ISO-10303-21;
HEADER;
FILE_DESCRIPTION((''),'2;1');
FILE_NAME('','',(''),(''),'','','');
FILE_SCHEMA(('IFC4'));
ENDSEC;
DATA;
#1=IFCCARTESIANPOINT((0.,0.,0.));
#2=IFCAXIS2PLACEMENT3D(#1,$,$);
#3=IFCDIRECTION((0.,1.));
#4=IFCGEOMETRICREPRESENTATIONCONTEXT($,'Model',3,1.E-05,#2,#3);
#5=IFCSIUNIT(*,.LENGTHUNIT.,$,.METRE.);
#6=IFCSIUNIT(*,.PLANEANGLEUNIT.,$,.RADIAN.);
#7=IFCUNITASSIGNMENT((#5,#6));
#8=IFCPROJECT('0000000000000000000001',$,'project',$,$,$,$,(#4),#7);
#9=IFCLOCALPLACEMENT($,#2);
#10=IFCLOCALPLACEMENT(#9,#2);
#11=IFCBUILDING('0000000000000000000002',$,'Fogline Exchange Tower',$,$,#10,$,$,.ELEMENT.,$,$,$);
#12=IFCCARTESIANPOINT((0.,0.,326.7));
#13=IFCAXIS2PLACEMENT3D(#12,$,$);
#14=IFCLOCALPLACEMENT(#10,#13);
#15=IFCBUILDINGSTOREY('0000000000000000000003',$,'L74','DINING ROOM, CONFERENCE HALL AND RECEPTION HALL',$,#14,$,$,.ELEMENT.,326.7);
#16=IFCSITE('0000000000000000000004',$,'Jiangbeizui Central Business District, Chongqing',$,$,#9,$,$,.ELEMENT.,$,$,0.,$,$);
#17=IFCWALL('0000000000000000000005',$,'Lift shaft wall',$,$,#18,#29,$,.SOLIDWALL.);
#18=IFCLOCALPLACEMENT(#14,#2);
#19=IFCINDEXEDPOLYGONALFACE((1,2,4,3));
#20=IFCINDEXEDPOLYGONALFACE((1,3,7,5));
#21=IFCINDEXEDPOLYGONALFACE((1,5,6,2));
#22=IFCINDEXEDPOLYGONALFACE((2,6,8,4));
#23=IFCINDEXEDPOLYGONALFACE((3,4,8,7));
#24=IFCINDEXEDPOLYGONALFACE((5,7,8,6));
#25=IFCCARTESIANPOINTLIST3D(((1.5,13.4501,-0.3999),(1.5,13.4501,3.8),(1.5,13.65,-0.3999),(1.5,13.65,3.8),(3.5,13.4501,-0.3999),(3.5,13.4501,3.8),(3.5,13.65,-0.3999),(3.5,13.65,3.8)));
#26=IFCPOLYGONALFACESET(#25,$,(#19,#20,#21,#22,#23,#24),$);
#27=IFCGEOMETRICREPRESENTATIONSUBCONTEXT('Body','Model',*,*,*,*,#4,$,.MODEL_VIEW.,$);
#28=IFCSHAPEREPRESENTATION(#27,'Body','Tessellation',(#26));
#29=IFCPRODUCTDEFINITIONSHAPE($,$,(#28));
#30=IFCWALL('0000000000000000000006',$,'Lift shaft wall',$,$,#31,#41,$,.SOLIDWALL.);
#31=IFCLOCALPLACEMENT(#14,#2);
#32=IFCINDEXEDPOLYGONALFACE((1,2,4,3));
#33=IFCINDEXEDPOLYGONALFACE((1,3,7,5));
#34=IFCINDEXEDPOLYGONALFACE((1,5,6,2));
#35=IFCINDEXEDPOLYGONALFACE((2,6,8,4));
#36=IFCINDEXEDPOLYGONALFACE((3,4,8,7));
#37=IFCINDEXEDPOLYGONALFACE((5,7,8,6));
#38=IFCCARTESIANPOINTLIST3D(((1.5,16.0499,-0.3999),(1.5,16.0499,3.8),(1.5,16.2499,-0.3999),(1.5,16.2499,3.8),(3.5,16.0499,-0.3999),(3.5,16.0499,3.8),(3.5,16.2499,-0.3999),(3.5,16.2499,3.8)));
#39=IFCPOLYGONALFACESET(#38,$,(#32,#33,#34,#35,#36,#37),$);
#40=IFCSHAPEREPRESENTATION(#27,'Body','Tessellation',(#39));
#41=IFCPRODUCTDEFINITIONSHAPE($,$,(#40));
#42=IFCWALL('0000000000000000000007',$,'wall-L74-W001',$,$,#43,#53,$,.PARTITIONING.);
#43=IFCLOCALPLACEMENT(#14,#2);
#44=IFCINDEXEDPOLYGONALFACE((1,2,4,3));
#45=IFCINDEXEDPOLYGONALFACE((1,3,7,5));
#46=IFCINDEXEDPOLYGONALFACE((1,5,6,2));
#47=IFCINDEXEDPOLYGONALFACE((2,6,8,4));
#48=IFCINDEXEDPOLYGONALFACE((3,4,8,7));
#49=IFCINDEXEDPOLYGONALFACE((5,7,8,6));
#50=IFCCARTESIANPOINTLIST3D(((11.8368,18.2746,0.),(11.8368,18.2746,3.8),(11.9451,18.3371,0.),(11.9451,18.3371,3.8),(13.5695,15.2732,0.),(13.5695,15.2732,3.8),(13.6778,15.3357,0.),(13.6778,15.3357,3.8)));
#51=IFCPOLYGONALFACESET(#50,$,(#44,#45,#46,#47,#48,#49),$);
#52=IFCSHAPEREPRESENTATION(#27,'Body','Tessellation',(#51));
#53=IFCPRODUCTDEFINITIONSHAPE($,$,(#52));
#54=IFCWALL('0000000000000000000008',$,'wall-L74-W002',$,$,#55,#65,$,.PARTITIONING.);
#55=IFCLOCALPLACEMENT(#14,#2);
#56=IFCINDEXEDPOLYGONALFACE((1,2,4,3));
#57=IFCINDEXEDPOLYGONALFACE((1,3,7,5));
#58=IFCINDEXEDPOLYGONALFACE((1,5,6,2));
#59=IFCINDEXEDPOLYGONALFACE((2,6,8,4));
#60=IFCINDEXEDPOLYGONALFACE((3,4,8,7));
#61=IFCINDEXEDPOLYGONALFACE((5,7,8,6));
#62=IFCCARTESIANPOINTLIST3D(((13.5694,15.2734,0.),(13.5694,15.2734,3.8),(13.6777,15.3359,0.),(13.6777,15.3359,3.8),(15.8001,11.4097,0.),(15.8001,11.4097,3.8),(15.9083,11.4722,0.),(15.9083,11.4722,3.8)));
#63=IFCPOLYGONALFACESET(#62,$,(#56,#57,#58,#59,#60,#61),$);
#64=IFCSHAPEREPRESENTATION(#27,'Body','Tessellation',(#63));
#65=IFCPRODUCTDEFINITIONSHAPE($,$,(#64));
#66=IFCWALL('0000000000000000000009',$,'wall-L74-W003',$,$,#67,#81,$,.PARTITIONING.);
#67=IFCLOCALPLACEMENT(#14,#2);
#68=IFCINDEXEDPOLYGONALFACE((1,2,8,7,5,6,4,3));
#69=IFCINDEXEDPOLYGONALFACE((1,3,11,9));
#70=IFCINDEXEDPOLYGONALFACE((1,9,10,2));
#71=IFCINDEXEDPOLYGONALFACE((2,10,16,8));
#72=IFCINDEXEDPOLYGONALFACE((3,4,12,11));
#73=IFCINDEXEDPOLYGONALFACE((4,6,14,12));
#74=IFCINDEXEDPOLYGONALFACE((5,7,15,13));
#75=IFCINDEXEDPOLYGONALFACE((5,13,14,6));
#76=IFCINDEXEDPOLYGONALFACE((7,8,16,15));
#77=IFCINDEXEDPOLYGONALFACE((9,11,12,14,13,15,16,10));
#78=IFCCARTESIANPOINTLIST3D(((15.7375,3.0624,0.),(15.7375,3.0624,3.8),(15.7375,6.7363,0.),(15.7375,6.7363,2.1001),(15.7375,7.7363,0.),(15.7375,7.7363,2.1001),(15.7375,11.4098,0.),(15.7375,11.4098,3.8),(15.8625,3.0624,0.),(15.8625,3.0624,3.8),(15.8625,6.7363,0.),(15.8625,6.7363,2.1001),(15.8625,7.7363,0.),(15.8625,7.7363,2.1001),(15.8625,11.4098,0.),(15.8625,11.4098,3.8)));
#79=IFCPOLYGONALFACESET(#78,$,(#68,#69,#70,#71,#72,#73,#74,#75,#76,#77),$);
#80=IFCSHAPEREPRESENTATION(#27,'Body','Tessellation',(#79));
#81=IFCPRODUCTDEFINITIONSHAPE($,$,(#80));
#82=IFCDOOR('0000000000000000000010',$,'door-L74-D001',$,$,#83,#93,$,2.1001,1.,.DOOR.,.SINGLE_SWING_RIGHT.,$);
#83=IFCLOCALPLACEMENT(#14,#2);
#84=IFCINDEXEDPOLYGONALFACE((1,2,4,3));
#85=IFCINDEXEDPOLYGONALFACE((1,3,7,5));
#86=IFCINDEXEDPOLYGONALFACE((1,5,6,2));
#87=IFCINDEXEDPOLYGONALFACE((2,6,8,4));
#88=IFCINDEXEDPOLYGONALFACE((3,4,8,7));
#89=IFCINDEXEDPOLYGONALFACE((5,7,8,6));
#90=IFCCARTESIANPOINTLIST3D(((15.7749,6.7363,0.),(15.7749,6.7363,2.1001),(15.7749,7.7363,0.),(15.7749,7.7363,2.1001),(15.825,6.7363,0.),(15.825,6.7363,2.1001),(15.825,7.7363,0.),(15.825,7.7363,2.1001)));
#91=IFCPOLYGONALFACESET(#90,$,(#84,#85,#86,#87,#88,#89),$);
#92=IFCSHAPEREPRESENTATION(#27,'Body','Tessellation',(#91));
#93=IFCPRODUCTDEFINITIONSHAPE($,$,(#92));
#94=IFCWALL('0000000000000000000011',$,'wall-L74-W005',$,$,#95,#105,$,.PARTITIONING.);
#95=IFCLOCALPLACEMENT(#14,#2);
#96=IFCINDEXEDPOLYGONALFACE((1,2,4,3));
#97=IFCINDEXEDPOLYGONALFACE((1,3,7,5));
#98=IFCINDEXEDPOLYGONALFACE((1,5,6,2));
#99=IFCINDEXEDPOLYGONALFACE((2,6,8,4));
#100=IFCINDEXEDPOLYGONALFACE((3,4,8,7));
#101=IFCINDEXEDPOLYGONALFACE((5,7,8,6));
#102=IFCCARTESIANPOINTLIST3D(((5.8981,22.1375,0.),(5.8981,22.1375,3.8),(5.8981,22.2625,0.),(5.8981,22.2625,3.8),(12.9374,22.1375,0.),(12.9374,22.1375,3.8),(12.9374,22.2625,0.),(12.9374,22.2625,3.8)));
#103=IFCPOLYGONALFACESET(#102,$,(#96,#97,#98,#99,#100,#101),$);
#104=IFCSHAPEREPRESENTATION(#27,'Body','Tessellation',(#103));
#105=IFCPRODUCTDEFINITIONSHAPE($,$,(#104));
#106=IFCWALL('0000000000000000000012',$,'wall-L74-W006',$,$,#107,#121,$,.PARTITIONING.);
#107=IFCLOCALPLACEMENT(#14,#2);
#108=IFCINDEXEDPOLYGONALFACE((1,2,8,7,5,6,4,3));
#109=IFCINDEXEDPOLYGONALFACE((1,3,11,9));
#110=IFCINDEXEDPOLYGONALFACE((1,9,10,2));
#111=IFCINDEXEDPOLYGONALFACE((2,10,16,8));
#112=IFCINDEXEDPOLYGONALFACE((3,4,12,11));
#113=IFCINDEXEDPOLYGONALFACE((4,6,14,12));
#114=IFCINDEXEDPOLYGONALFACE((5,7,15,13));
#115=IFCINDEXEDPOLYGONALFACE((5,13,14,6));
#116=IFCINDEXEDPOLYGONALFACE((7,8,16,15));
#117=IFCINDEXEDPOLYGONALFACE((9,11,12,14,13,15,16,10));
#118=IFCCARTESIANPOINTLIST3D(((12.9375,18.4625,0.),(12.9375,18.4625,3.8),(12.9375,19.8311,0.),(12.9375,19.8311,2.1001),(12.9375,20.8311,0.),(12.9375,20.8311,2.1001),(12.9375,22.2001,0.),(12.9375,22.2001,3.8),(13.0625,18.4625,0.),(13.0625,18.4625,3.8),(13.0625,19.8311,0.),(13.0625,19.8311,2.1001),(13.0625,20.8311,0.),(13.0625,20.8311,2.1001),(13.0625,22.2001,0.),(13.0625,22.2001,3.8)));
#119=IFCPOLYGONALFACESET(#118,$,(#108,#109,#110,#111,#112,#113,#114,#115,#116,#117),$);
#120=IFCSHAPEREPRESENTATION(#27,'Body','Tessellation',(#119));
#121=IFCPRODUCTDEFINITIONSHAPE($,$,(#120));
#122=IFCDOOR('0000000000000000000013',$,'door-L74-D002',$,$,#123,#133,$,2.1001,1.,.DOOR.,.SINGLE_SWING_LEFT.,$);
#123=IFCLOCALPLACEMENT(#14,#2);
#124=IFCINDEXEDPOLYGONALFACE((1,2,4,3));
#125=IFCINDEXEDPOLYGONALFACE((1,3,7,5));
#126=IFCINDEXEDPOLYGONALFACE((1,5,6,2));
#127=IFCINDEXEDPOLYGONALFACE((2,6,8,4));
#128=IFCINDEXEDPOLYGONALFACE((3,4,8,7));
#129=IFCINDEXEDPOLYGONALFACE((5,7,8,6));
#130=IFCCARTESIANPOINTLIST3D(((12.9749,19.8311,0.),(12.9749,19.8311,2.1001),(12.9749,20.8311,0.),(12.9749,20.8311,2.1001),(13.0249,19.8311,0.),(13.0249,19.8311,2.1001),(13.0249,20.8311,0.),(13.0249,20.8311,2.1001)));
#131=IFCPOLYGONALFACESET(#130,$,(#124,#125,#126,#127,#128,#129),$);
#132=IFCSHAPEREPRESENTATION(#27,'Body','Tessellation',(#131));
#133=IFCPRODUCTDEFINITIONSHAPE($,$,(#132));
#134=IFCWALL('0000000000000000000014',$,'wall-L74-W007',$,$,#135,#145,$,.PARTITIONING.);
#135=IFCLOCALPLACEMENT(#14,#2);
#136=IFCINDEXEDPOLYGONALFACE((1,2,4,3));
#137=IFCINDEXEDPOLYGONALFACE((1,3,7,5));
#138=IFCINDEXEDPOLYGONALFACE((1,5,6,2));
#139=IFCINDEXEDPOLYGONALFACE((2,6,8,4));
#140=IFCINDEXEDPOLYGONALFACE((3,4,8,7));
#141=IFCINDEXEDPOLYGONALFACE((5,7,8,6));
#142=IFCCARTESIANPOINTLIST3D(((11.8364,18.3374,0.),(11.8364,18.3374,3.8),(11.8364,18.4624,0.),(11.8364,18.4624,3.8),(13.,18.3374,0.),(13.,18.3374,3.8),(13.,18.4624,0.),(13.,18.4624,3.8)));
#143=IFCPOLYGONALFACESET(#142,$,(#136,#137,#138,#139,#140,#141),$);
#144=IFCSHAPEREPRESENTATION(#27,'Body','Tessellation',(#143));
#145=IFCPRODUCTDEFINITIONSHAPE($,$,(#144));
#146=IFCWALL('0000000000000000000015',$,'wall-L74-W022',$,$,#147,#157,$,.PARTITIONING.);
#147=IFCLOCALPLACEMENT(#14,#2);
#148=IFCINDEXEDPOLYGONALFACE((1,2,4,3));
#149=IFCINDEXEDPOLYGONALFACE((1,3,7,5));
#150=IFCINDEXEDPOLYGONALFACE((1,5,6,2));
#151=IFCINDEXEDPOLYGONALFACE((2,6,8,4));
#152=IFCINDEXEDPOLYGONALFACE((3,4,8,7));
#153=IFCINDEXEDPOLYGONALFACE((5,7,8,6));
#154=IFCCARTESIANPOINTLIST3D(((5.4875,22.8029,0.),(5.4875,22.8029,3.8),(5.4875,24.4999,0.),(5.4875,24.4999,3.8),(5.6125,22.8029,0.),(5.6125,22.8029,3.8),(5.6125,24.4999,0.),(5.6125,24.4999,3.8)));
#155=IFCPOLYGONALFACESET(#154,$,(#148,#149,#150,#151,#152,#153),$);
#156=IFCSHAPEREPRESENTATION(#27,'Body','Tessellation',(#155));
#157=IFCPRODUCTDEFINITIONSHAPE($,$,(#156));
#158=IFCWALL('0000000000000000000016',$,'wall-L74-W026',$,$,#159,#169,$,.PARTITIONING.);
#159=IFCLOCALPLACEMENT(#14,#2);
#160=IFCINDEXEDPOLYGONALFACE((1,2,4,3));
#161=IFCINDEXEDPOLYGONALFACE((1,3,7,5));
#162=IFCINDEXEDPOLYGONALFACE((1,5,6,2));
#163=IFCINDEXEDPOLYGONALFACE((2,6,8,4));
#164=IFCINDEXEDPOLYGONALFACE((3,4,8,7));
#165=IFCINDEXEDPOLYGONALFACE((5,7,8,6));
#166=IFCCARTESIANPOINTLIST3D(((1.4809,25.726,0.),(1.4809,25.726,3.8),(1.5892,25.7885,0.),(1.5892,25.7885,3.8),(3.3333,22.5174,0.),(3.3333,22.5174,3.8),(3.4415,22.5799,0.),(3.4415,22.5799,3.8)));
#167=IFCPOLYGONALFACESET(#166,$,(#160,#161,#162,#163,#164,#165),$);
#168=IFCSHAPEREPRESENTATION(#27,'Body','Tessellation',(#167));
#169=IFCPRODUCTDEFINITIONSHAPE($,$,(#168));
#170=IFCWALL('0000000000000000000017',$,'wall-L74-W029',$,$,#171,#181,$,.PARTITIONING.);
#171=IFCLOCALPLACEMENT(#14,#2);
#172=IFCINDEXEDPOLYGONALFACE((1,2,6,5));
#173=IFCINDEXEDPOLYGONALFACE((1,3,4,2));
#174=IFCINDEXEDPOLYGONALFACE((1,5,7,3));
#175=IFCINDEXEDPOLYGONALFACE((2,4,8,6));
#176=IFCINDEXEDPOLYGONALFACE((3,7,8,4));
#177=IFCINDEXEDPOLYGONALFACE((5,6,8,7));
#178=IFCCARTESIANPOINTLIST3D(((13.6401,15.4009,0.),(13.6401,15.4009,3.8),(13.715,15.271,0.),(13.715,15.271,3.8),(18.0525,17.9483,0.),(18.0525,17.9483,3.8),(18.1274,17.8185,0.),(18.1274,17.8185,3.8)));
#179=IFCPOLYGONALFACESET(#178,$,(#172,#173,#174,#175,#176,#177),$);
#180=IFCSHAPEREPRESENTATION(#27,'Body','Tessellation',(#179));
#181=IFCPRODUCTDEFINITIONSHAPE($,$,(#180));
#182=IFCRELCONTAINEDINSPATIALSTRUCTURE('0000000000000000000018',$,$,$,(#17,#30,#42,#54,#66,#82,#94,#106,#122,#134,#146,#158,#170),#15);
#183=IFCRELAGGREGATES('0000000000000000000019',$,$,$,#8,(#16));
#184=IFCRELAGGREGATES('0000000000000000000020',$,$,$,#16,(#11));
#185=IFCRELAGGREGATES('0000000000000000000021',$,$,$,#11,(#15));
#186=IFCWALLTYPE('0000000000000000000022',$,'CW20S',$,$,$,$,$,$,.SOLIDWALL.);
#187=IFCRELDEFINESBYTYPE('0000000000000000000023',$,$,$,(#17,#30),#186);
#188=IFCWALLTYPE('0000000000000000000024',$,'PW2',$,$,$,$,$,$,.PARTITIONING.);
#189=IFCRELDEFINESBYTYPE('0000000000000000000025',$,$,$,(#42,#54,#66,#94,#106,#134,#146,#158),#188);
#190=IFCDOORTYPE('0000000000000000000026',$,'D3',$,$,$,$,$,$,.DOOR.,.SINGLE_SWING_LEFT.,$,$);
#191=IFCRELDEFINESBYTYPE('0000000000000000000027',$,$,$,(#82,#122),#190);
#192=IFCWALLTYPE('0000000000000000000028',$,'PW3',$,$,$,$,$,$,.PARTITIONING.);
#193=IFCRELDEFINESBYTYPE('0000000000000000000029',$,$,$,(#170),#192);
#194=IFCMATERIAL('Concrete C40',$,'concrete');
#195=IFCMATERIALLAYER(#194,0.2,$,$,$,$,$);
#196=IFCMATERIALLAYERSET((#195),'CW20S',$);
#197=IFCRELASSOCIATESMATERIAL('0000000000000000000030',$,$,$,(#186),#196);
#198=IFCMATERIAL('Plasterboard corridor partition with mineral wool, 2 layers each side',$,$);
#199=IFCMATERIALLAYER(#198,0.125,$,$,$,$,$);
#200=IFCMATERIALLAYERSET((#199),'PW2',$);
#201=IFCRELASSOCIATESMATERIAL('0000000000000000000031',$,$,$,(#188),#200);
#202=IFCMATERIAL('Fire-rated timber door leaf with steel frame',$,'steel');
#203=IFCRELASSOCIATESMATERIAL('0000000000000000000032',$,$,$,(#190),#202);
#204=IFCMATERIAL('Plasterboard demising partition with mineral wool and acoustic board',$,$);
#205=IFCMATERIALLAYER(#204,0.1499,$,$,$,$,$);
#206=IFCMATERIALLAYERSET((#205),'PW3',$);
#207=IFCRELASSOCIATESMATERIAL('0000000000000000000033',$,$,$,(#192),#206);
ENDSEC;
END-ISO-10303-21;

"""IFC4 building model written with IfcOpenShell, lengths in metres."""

from ifc_helpers import new_model, si_unit, direction, frame, frame_2d, origin, place, context, subcontext, project, spatial, rectangle, extrude, material, layer, layer_set, type_object, element, fill, save


model = new_model("IFC4")

# Units and contexts
model_context = context("Model", 3, precision=1e-05, world=origin(), true_north=direction((0.0, 1.0)))
body_context = subcontext(model_context, "Body", "Model", "MODEL_VIEW")
ifc_project = project(units=[si_unit("LENGTHUNIT", "METRE"), si_unit("PLANEANGLEUNIT", "RADIAN")], contexts=[model_context])

# Site, building, storey
site_placement = place(None, origin())
site = spatial("IfcSite", under=ifc_project, at=site_placement, Name="Jiangbeizui Central Business District, Chongqing", CompositionType="ELEMENT", RefElevation=0.0)
building_placement = place(site_placement, origin())
building = spatial("IfcBuilding", under=site, at=building_placement, Name="Fogline Exchange Tower", CompositionType="ELEMENT")
storey_placement = place(building_placement, frame((0.0, 0.0, 326.7)))
storey = spatial("IfcBuildingStorey", under=building, at=storey_placement, Name="L74", Description="DINING ROOM, CONFERENCE HALL AND RECEPTION HALL", CompositionType="ELEMENT", Elevation=326.7)

# Shared definitions
ifc_material_1 = material(Name="Concrete C40", Category="concrete")

# Walls
ifc_layer_1 = layer(ifc_material_1, 0.2)
ifc_layer_set_1 = layer_set([ifc_layer_1], Name="CW20S")
wall_type_1 = type_object("IfcWallType", Name="CW20S", PredefinedType="SOLIDWALL", material=ifc_layer_set_1)
for number, where, z_axis, x_axis, name in (
    (1, (1.5, 13.55, -0.3999), (0.0, 0.0, 1.0), (1.0, 0.0, 0.0), "Lift shaft wall"),
    (2, (1.5, 16.1499, -0.3999), (0.0, 0.0, 1.0), (1.0, 0.0, 0.0), "Lift shaft wall"),
):
    element("IfcWall", number, at=place(storey_placement, frame(where, z_axis=z_axis, x_axis=x_axis)), inside=storey, type_object=wall_type_1, Name=name, PredefinedType="SOLIDWALL", context=body_context, shape_type="SweptSolid", body=[
        extrude(rectangle(XDim=2.0, YDim=0.2, at=frame_2d((1.0, 0.0))), origin(), (0.0, 0.0, 1.0), 4.2),
    ])
ifc_material_2 = material(Name="Plasterboard corridor partition with mineral wool, 2 layers each side")
ifc_layer_2 = layer(ifc_material_2, 0.125)
ifc_layer_set_2 = layer_set([ifc_layer_2], Name="PW2")
wall_type_2 = type_object("IfcWallType", Name="PW2", PredefinedType="PARTITIONING", material=ifc_layer_set_2)
wall_1_placement = place(storey_placement, frame((11.8909, 18.3059, 0.0), z_axis=(0.0, 0.0, 1.0), x_axis=(0.499981, -0.866037, 0.0)))
element("IfcWall", 3, at=wall_1_placement, inside=storey, type_object=wall_type_2, Name="wall-L74-W001", PredefinedType="PARTITIONING", context=body_context, shape_type="SweptSolid", body=[
    extrude(rectangle(XDim=3.4656, YDim=0.125, at=frame_2d((1.7329, 0.0))), origin(), (0.0, 0.0, 1.0), 3.8),
])
wall_2_placement = place(storey_placement, frame((13.6235, 15.3047, 0.0), z_axis=(0.0, 0.0, 1.0), x_axis=(0.499994, -0.866029, 0.0)))
element("IfcWall", 4, at=wall_2_placement, inside=storey, type_object=wall_type_2, Name="wall-L74-W002", PredefinedType="PARTITIONING", context=body_context, shape_type="SweptSolid", body=[
    extrude(rectangle(XDim=4.4614, YDim=0.125, at=frame_2d((2.2307, 0.0))), origin(), (0.0, 0.0, 1.0), 3.8),
])

# Wall, opening, door
wall_3_placement = place(storey_placement, frame((15.8, 11.4099, 0.0), z_axis=(0.0, 0.0, 1.0), x_axis=(0.0, -1.0, 0.0)))
wall_3 = element("IfcWall", 5, at=wall_3_placement, inside=storey, type_object=wall_type_2, Name="wall-L74-W003", PredefinedType="PARTITIONING", context=body_context, shape_type="SweptSolid", body=[
    extrude(rectangle(XDim=8.3474, YDim=0.125, at=frame_2d((4.1738, 0.0))), origin(), (0.0, 0.0, 1.0), 3.8),
])
opening_1_placement = place(wall_3_placement, frame((3.6736, 0.0, 0.0)))
opening_1 = element("IfcOpeningElement", 6, at=opening_1_placement, cuts=wall_3, PredefinedType="OPENING", context=body_context, shape_type="SweptSolid", body=[
    extrude(rectangle(XDim=1.0, YDim=2.1001, at=frame_2d((0.5, 1.05))), frame((0.0, 0.0725, 0.0), z_axis=(0.0, -1.0, 0.0), x_axis=(1.0, 0.0, 0.0)), (0.0, 0.0, 1.0), 0.145),
])
ifc_material_3 = material(Name="Fire-rated timber door leaf with steel frame", Category="steel")
door_type_1 = type_object("IfcDoorType", Name="D3", OperationType="SINGLE_SWING_LEFT", PredefinedType="DOOR", material=ifc_material_3)
door_1_placement = place(opening_1_placement, origin())
door_1 = element("IfcDoor", 7, at=door_1_placement, inside=storey, type_object=door_type_1, Name="door-L74-D001", OperationType="SINGLE_SWING_RIGHT", OverallHeight=2.1001, OverallWidth=1.0, PredefinedType="DOOR", context=body_context, shape_type="SweptSolid", body=[
    extrude(rectangle(XDim=1.0, YDim=2.1001, at=frame_2d((0.5, 1.05))), frame((0.0, 0.0249, 0.0), z_axis=(0.0, -1.0, 0.0), x_axis=(1.0, 0.0, 0.0)), (0.0, 0.0, 1.0), 0.05),
])
fill(opening_1, door_1)

# Wall
wall_4_placement = place(storey_placement, frame((5.8982, 22.2, 0.0), z_axis=(0.0, 0.0, 1.0), x_axis=(1.0, 0.0, 0.0)))
element("IfcWall", 8, at=wall_4_placement, inside=storey, type_object=wall_type_2, Name="wall-L74-W005", PredefinedType="PARTITIONING", context=body_context, shape_type="SweptSolid", body=[
    extrude(rectangle(XDim=7.0393, YDim=0.125, at=frame_2d((3.5195, 0.0))), origin(), (0.0, 0.0, 1.0), 3.8),
])

# Wall, opening, door
wall_5_placement = place(storey_placement, frame((13.0, 22.2, 0.0), z_axis=(0.0, 0.0, 1.0), x_axis=(0.0, -1.0, 0.0)))
wall_5 = element("IfcWall", 9, at=wall_5_placement, inside=storey, type_object=wall_type_2, Name="wall-L74-W006", PredefinedType="PARTITIONING", context=body_context, shape_type="SweptSolid", body=[
    extrude(rectangle(XDim=3.7375, YDim=0.125, at=frame_2d((1.8687, 0.0))), origin(), (0.0, 0.0, 1.0), 3.8),
])
opening_2_placement = place(wall_5_placement, frame((1.3689, 0.0, 0.0)))
opening_2 = element("IfcOpeningElement", 10, at=opening_2_placement, cuts=wall_5, PredefinedType="OPENING", context=body_context, shape_type="SweptSolid", body=[
    extrude(rectangle(XDim=1.0, YDim=2.1001, at=frame_2d((0.5, 1.05))), frame((0.0, 0.0725, 0.0), z_axis=(0.0, -1.0, 0.0), x_axis=(1.0, 0.0, 0.0)), (0.0, 0.0, 1.0), 0.145),
])
door_2_placement = place(opening_2_placement, origin())
door_2 = element("IfcDoor", 11, at=door_2_placement, inside=storey, type_object=door_type_1, Name="door-L74-D002", OperationType="SINGLE_SWING_LEFT", OverallHeight=2.1001, OverallWidth=1.0, PredefinedType="DOOR", context=body_context, shape_type="SweptSolid", body=[
    extrude(rectangle(XDim=1.0, YDim=2.1001, at=frame_2d((0.5, 1.05))), frame((0.0, 0.0249, 0.0), z_axis=(0.0, -1.0, 0.0), x_axis=(1.0, 0.0, 0.0)), (0.0, 0.0, 1.0), 0.05),
])
fill(opening_2, door_2)

# Walls
wall_6_placement = place(storey_placement, frame((13.0, 18.3999, 0.0), z_axis=(0.0, 0.0, 1.0), x_axis=(-1.0, 0.0, 0.0)))
element("IfcWall", 12, at=wall_6_placement, inside=storey, type_object=wall_type_2, Name="wall-L74-W007", PredefinedType="PARTITIONING", context=body_context, shape_type="SweptSolid", body=[
    extrude(rectangle(XDim=1.1636, YDim=0.125, at=frame_2d((0.5818, 0.0))), origin(), (0.0, 0.0, 1.0), 3.8),
])
wall_7_placement = place(storey_placement, frame((5.55, 24.5, 0.0), z_axis=(0.0, 0.0, 1.0), x_axis=(0.0, -1.0, 0.0)))
element("IfcWall", 13, at=wall_7_placement, inside=storey, type_object=wall_type_2, Name="wall-L74-W022", PredefinedType="PARTITIONING", context=body_context, shape_type="SweptSolid", body=[
    extrude(rectangle(XDim=1.697, YDim=0.125, at=frame_2d((0.8486, 0.0))), origin(), (0.0, 0.0, 1.0), 3.8),
])
wall_8_placement = place(storey_placement, frame((3.3875, 22.5486, 0.0), z_axis=(0.0, 0.0, 1.0), x_axis=(-0.499973, 0.866041, 0.0)))
element("IfcWall", 14, at=wall_8_placement, inside=storey, type_object=wall_type_2, Name="wall-L74-W026", PredefinedType="PARTITIONING", context=body_context, shape_type="SweptSolid", body=[
    extrude(rectangle(XDim=3.7048, YDim=0.125, at=frame_2d((1.8525, 0.0))), origin(), (0.0, 0.0, 1.0), 3.8),
])
ifc_material_4 = material(Name="Plasterboard demising partition with mineral wool and acoustic board")
ifc_layer_3 = layer(ifc_material_4, 0.1499)
ifc_layer_set_3 = layer_set([ifc_layer_3], Name="PW3")
wall_type_3 = type_object("IfcWallType", Name="PW3", PredefinedType="PARTITIONING", material=ifc_layer_set_3)
wall_9_placement = place(storey_placement, frame((18.0898, 17.8833, 0.0), z_axis=(0.0, 0.0, 1.0), x_axis=(-0.866035, -0.499984, 0.0)))
element("IfcWall", 15, at=wall_9_placement, inside=storey, type_object=wall_type_3, Name="wall-L74-W029", PredefinedType="PARTITIONING", context=body_context, shape_type="SweptSolid", body=[
    extrude(rectangle(XDim=5.095, YDim=0.1499, at=frame_2d((2.5474, 0.0))), origin(), (0.0, 0.0, 1.0), 3.8),
])

save(model, "model.ifc")
